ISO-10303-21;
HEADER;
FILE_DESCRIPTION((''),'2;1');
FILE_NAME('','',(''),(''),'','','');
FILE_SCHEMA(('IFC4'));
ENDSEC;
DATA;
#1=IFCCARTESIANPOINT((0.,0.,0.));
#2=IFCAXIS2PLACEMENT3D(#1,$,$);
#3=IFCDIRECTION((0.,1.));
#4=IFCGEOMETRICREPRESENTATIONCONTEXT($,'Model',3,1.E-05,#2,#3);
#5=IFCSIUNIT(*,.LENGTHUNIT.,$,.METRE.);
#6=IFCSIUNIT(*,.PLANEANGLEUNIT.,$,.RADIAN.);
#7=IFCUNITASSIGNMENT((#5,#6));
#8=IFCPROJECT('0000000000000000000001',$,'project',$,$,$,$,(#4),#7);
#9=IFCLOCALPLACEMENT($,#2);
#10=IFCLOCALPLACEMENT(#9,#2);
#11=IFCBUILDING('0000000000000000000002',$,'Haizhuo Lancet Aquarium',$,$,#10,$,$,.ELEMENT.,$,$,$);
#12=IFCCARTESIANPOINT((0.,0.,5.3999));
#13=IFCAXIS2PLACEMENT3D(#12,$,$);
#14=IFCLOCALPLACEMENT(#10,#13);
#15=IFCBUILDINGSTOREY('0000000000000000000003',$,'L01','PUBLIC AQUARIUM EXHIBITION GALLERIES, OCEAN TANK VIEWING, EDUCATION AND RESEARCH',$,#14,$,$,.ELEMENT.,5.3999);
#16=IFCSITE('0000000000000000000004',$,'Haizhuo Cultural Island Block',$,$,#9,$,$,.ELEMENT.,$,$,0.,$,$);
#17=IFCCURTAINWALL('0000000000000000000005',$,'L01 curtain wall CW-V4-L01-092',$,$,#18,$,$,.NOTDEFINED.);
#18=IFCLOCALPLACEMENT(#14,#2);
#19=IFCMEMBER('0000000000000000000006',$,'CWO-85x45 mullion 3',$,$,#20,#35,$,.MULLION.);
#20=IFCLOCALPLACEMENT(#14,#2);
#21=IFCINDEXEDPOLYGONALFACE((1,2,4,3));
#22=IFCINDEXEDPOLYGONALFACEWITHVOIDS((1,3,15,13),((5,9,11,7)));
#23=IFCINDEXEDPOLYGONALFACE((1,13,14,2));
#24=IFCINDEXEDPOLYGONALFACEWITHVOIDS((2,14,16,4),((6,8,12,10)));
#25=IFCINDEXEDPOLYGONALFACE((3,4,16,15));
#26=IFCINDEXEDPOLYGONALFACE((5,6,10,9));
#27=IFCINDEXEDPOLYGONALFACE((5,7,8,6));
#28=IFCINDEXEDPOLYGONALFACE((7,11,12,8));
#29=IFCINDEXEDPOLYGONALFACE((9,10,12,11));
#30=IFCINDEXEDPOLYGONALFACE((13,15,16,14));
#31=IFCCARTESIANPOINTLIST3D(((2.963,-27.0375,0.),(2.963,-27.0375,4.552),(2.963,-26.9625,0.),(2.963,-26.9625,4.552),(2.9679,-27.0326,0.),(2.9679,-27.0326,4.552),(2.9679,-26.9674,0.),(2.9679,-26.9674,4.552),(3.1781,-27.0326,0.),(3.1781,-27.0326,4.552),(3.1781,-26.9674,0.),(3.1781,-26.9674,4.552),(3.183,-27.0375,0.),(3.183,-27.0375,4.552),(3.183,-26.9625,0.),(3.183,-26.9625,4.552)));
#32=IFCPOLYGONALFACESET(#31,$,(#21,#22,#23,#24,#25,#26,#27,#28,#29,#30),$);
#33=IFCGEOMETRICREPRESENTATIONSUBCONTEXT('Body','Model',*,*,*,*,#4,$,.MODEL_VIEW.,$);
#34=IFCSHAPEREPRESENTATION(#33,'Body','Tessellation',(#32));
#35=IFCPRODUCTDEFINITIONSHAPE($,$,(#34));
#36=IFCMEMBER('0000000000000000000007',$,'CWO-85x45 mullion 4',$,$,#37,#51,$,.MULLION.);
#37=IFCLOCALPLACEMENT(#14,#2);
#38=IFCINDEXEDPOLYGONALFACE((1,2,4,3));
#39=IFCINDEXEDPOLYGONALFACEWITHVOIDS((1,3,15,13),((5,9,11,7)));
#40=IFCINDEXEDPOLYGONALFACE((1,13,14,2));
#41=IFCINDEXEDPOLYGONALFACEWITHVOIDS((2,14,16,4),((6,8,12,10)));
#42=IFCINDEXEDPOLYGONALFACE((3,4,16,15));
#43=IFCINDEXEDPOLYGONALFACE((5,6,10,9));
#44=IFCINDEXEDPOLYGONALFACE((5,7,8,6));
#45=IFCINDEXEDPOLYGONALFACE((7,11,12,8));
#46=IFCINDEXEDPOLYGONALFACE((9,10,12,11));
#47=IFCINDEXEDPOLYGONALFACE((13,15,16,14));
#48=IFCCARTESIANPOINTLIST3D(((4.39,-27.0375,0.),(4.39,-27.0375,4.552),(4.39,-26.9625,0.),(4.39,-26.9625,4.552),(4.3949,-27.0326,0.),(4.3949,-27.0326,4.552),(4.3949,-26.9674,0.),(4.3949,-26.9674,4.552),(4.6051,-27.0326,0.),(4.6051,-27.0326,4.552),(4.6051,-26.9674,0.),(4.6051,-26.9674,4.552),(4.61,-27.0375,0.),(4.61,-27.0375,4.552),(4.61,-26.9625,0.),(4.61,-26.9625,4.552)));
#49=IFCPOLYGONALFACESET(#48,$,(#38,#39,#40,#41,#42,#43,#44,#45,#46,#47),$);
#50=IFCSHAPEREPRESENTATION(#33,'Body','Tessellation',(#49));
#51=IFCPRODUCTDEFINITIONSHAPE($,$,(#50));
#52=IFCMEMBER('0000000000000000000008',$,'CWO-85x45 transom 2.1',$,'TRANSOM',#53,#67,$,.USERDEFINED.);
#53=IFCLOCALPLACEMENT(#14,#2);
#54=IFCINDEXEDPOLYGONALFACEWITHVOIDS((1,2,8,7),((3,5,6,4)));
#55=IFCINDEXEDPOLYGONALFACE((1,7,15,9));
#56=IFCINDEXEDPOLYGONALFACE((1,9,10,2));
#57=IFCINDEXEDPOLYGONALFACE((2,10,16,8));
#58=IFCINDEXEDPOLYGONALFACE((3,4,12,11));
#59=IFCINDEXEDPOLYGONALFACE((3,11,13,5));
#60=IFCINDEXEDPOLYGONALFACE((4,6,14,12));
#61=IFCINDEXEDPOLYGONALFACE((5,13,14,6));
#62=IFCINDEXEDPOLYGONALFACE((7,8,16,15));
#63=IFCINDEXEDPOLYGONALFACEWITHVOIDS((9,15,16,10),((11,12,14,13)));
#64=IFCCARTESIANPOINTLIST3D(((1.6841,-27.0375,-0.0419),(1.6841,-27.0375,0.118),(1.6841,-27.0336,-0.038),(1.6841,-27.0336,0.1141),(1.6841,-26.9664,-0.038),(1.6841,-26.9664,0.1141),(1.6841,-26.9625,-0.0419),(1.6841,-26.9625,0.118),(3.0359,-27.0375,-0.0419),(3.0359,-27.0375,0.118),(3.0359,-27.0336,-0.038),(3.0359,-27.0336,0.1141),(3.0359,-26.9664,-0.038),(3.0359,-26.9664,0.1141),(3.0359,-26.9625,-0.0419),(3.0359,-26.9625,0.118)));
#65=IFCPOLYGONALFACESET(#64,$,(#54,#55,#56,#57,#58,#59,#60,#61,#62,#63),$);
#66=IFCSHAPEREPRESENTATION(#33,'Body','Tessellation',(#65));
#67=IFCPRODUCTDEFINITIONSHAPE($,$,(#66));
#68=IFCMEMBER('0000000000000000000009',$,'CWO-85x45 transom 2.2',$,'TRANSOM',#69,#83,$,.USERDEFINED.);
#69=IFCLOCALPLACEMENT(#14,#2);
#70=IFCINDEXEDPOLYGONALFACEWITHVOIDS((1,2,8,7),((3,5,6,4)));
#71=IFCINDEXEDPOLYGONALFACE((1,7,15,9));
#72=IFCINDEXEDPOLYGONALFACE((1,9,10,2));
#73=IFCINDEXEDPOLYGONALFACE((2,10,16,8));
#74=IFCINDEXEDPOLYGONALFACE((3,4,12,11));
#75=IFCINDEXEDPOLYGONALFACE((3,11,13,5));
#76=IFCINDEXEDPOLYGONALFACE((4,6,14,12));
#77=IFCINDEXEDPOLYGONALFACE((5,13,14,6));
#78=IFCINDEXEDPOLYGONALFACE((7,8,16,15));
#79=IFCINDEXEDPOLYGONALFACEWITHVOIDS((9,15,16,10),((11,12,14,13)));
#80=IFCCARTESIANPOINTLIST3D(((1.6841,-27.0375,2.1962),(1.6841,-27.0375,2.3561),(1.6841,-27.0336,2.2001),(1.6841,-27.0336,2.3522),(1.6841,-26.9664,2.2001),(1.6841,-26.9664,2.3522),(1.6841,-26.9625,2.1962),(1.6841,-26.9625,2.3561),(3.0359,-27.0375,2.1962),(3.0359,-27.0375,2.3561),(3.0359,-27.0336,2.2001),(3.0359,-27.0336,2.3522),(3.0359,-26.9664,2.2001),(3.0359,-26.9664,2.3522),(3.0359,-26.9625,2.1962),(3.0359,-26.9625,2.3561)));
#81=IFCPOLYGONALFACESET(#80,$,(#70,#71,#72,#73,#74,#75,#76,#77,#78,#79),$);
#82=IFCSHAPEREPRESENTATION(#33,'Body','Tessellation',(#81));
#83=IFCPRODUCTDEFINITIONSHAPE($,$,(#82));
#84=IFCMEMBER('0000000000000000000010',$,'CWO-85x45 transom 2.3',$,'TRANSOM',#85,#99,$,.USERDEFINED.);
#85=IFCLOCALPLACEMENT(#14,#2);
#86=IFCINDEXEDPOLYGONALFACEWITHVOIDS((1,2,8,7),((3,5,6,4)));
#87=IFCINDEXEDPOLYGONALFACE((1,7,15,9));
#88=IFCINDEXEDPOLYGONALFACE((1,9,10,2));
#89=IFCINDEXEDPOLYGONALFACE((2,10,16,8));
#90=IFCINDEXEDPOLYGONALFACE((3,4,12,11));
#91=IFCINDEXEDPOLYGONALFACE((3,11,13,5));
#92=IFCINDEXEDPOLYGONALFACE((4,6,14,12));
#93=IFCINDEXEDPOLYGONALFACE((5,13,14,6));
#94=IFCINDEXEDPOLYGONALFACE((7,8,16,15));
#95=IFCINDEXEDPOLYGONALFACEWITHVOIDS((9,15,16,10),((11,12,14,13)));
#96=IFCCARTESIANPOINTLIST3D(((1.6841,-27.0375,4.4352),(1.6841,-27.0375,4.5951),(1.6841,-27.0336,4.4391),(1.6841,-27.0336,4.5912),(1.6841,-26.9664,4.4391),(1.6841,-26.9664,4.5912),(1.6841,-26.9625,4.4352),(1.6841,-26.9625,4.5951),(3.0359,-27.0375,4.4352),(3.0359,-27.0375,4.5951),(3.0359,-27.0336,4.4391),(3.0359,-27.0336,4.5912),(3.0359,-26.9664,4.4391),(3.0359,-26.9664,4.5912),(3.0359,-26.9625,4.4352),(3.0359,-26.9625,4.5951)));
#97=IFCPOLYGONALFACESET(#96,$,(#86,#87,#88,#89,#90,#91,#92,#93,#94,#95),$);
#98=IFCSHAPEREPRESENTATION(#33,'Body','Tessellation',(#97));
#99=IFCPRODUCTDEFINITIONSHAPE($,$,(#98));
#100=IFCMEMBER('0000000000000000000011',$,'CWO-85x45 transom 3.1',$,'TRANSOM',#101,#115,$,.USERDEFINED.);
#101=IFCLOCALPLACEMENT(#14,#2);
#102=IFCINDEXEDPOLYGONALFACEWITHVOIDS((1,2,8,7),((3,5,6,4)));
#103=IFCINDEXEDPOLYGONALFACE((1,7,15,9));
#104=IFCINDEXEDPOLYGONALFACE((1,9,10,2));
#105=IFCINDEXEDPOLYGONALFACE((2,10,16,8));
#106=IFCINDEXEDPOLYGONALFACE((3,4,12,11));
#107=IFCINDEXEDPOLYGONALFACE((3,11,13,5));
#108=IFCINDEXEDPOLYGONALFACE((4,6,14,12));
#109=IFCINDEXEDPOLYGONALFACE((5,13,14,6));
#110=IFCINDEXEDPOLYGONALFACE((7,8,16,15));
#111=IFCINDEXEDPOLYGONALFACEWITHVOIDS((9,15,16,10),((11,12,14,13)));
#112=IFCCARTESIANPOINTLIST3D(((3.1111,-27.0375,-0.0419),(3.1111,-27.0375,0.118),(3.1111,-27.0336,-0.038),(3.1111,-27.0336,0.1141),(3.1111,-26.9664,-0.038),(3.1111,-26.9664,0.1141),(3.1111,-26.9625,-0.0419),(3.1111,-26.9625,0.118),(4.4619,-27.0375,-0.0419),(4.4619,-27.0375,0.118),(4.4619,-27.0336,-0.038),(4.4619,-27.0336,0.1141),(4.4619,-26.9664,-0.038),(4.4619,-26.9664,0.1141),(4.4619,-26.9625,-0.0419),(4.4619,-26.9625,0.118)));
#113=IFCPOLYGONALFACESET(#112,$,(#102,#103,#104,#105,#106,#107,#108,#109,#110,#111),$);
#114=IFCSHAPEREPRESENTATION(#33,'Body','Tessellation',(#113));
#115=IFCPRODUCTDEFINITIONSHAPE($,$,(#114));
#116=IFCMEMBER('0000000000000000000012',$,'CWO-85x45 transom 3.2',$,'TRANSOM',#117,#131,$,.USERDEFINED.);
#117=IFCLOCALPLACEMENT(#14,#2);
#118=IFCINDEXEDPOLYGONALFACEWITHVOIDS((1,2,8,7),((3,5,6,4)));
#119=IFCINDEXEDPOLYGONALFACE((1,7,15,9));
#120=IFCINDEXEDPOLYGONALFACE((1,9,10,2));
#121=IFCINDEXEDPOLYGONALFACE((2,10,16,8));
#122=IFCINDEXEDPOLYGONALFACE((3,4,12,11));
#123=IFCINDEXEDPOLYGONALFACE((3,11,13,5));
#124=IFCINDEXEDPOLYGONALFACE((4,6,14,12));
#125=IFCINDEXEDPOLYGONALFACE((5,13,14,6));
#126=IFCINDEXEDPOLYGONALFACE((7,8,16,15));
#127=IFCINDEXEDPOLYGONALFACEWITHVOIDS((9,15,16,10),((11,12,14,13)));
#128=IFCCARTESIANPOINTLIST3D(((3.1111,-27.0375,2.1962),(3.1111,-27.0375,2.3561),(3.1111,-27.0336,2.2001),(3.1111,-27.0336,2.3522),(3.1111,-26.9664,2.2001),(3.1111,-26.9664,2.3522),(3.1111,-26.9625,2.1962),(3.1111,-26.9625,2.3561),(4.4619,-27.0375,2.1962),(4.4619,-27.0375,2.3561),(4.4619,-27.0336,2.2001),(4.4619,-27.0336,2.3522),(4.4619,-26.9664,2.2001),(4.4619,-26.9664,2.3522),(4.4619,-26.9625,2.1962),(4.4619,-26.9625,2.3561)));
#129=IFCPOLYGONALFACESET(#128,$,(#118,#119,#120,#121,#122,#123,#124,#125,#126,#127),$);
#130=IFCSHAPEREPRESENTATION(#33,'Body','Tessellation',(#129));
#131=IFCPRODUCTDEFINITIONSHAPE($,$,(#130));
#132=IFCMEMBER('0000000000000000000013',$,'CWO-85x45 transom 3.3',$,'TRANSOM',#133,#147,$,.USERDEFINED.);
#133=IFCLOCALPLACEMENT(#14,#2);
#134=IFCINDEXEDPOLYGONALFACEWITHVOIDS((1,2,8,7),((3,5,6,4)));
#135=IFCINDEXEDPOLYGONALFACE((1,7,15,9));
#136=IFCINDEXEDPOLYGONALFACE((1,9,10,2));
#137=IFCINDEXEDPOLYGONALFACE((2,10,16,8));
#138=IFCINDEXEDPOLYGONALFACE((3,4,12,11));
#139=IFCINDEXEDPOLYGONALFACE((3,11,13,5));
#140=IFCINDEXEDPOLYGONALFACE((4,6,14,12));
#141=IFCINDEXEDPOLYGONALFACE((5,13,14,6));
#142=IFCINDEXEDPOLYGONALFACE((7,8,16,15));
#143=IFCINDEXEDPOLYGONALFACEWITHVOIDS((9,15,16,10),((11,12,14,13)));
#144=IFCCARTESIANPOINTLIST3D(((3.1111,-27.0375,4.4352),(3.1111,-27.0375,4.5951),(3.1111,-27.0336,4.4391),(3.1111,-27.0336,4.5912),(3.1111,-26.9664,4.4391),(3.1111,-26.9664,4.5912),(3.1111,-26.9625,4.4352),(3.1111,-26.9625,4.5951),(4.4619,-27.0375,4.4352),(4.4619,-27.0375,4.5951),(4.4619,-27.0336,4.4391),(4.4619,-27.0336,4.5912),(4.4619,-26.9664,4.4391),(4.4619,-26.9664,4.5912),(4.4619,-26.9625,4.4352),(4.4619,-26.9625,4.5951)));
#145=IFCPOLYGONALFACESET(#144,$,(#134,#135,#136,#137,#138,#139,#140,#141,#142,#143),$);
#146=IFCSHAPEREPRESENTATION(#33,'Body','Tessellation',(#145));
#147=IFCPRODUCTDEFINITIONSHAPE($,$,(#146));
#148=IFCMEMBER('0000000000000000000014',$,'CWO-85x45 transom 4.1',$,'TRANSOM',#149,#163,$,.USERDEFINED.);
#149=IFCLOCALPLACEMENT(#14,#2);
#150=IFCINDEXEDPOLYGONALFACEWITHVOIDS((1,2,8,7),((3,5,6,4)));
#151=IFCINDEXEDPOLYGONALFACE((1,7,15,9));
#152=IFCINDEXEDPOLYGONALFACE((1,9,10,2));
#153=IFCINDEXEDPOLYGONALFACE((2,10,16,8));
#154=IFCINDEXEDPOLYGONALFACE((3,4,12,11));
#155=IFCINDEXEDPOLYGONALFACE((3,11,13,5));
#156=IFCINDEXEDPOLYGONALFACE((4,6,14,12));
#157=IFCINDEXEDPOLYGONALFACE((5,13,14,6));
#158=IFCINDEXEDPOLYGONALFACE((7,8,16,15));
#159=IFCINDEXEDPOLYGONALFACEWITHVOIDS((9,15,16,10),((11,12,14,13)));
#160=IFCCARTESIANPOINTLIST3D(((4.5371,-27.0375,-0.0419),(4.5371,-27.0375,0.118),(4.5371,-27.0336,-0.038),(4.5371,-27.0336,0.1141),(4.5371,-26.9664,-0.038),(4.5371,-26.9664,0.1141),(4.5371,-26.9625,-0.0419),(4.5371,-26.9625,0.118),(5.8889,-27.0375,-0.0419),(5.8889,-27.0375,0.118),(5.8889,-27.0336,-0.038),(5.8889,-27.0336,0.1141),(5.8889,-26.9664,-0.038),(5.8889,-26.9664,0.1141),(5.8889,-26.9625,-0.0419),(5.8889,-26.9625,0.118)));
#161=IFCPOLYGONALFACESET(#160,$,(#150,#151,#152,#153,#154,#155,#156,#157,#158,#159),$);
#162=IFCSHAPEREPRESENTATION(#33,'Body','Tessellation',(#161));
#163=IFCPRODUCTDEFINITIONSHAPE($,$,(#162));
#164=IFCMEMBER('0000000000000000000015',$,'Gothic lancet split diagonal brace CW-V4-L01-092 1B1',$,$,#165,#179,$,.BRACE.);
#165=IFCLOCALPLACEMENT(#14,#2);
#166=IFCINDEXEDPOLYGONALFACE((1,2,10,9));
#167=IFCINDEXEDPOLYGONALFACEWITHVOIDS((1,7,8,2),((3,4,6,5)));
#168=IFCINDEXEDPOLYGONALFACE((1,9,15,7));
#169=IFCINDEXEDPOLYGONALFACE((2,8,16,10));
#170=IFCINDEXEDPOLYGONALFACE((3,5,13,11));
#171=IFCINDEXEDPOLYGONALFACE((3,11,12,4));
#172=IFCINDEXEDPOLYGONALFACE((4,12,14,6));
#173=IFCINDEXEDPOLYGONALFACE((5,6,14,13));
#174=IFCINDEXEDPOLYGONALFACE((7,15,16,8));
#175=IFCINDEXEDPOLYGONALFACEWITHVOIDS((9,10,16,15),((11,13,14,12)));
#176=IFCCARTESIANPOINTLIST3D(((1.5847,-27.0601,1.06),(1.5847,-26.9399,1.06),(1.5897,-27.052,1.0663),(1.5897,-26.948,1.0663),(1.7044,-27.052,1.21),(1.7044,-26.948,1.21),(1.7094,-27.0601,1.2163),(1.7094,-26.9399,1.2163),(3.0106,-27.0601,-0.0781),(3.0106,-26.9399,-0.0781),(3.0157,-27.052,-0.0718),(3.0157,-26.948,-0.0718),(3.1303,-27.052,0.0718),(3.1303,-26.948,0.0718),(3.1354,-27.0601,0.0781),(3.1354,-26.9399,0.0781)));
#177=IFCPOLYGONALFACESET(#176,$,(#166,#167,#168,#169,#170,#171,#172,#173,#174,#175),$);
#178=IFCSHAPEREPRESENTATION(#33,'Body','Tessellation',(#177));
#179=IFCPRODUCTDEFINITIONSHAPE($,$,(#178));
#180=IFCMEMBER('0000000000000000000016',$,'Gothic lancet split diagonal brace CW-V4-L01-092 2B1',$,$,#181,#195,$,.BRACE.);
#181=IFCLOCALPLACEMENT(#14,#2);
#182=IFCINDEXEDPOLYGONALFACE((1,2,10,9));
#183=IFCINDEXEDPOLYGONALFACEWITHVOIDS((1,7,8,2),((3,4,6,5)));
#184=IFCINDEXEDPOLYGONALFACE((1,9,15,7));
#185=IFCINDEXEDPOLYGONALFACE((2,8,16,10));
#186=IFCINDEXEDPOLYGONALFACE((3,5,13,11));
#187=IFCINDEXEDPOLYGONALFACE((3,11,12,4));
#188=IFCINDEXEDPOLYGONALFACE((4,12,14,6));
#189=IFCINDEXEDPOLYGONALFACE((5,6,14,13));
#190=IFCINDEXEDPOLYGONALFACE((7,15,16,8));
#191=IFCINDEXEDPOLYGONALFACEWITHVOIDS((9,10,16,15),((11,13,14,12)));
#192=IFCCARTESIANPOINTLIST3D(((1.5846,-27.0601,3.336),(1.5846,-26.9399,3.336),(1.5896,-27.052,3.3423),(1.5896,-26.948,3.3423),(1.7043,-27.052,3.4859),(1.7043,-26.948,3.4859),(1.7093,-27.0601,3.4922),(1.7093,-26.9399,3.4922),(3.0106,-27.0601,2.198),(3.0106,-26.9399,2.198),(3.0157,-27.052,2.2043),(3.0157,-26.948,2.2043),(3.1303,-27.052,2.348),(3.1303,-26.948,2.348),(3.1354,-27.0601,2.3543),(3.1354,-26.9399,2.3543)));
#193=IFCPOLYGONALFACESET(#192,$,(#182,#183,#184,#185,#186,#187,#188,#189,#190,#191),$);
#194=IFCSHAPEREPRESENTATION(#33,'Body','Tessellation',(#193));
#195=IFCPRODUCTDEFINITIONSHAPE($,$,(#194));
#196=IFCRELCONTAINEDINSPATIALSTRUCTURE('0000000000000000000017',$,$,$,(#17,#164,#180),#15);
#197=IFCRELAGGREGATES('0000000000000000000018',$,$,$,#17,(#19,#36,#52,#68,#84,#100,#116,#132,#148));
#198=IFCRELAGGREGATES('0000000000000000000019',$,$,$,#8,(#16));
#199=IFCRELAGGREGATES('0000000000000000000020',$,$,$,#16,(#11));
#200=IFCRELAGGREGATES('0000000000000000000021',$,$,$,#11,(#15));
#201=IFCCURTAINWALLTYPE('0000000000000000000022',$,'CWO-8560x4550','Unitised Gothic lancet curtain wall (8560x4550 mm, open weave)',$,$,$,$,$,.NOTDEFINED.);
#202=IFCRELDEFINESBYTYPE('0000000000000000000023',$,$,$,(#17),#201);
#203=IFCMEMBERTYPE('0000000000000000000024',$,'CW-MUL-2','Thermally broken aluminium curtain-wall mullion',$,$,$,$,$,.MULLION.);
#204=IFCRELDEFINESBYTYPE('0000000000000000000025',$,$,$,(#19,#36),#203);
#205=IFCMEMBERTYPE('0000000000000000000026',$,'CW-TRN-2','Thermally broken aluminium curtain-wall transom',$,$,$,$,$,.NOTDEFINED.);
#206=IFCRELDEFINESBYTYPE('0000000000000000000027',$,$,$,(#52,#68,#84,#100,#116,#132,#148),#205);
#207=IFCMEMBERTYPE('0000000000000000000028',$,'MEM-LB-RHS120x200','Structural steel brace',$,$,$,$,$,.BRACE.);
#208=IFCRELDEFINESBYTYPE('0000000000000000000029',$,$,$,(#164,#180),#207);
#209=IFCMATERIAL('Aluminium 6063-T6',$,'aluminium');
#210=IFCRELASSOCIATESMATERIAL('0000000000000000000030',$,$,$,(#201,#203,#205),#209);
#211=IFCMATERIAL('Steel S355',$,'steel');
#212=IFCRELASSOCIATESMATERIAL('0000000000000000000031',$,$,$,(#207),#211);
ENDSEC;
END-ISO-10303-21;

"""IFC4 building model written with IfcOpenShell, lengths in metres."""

from ifc_helpers import new_model, si_unit, direction, frame, origin, origin_2d, place, context, subcontext, project, spatial, hollow_rectangle, extrude, material, material_profile, profile_set, type_object, element, aggregate, save


model = new_model("IFC4")

# Units and contexts
model_context = context("Model", 3, precision=1e-05, world=origin(), true_north=direction((0.0, 1.0)))
body_context = subcontext(model_context, "Body", "Model", "MODEL_VIEW")
ifc_project = project(units=[si_unit("LENGTHUNIT", "METRE"), si_unit("PLANEANGLEUNIT", "RADIAN")], contexts=[model_context])

# Site, building, storey
site_placement = place(None, origin())
site = spatial("IfcSite", under=ifc_project, at=site_placement, Name="Haizhuo Cultural Island Block", CompositionType="ELEMENT", RefElevation=0.0)
building_placement = place(site_placement, origin())
building = spatial("IfcBuilding", under=site, at=building_placement, Name="Haizhuo Lancet Aquarium", CompositionType="ELEMENT")
storey_placement = place(building_placement, frame((0.0, 0.0, 5.3999)))
storey = spatial("IfcBuildingStorey", under=building, at=storey_placement, Name="L01", Description="PUBLIC AQUARIUM EXHIBITION GALLERIES, OCEAN TANK VIEWING, EDUCATION AND RESEARCH", CompositionType="ELEMENT", Elevation=5.3999)

# Curtain wall, members
ifc_material_1 = material(Name="Aluminium 6063-T6", Category="aluminium")
curtain_wall_type = type_object("IfcCurtainWallType", Name="CWO-8560x4550", Description="Unitised Gothic lancet curtain wall (8560x4550 mm, open weave)", PredefinedType="NOTDEFINED", material=ifc_material_1)
curtain_wall_placement = place(storey_placement, origin())
curtain_wall = element("IfcCurtainWall", 1, at=curtain_wall_placement, inside=storey, type_object=curtain_wall_type, Name="L01 curtain wall CW-V4-L01-092", PredefinedType="NOTDEFINED")
ifc_material_profile_1 = material_profile(ifc_material_1, hollow_rectangle(XDim=0.075, YDim=0.22, WallThickness=0.0049, at=origin_2d()), Name="ALU-M 75x220x5")
ifc_profile_set_1 = profile_set([ifc_material_profile_1], Name="Aluminium 6063-T6")
member_type_1 = type_object("IfcMemberType", Name="CW-MUL-2", Description="Thermally broken aluminium curtain-wall mullion", PredefinedType="MULLION", material=ifc_profile_set_1)
member_1_placement = place(storey_placement, frame((3.073, -27.0, 0.0), z_axis=(0.0, 0.0, 1.0), x_axis=(0.0, 1.0, 0.0)))
member_1 = element("IfcMember", 2, at=member_1_placement, type_object=member_type_1, Name="CWO-85x45 mullion 3", PredefinedType="MULLION", context=body_context, shape_type="SweptSolid", body=[
    extrude(hollow_rectangle(XDim=0.075, YDim=0.22, WallThickness=0.0049, at=origin_2d()), origin(), (0.0, 0.0, 1.0), 4.552),
])
member_2_placement = place(storey_placement, frame((4.5, -27.0, 0.0), z_axis=(0.0, 0.0, 1.0), x_axis=(0.0, 1.0, 0.0)))
member_2 = element("IfcMember", 3, at=member_2_placement, type_object=member_type_1, Name="CWO-85x45 mullion 4", PredefinedType="MULLION", context=body_context, shape_type="SweptSolid", body=[
    extrude(hollow_rectangle(XDim=0.075, YDim=0.22, WallThickness=0.0049, at=origin_2d()), origin(), (0.0, 0.0, 1.0), 4.552),
])
ifc_material_profile_2 = material_profile(ifc_material_1, hollow_rectangle(XDim=0.075, YDim=0.1599, WallThickness=0.0039, at=origin_2d()), Name="ALU-T 75x160x4")
ifc_profile_set_2 = profile_set([ifc_material_profile_2], Name="Aluminium 6063-T6")
member_type_2 = type_object("IfcMemberType", Name="CW-TRN-2", Description="Thermally broken aluminium curtain-wall transom", PredefinedType="NOTDEFINED", material=ifc_profile_set_2)
member_3_placement = place(storey_placement, frame((1.6841, -27.0, 0.0381), z_axis=(1.0, 0.0, 0.0), x_axis=(0.0, 1.0, 0.0)))
member_3 = element("IfcMember", 4, at=member_3_placement, type_object=member_type_2, Name="CWO-85x45 transom 2.1", ObjectType="TRANSOM", PredefinedType="USERDEFINED", context=body_context, shape_type="SweptSolid", body=[
    extrude(hollow_rectangle(XDim=0.075, YDim=0.1599, WallThickness=0.0039, at=origin_2d()), origin(), (0.0, 0.0, 1.0), 1.3518),
])
member_4_placement = place(storey_placement, frame((1.6841, -27.0, 2.2761), z_axis=(1.0, 0.0, 0.0), x_axis=(0.0, 1.0, 0.0)))
member_4 = element("IfcMember", 5, at=member_4_placement, type_object=member_type_2, Name="CWO-85x45 transom 2.2", ObjectType="TRANSOM", PredefinedType="USERDEFINED", context=body_context, shape_type="SweptSolid", body=[
    extrude(hollow_rectangle(XDim=0.075, YDim=0.1599, WallThickness=0.0039, at=origin_2d()), origin(), (0.0, 0.0, 1.0), 1.3518),
])
member_5_placement = place(storey_placement, frame((1.6841, -27.0, 4.5151), z_axis=(1.0, 0.0, 0.0), x_axis=(0.0, 1.0, 0.0)))
member_5 = element("IfcMember", 6, at=member_5_placement, type_object=member_type_2, Name="CWO-85x45 transom 2.3", ObjectType="TRANSOM", PredefinedType="USERDEFINED", context=body_context, shape_type="SweptSolid", body=[
    extrude(hollow_rectangle(XDim=0.075, YDim=0.1599, WallThickness=0.0039, at=origin_2d()), origin(), (0.0, 0.0, 1.0), 1.3518),
])
member_6_placement = place(storey_placement, frame((3.1111, -27.0, 0.0381), z_axis=(1.0, 0.0, 0.0), x_axis=(0.0, 1.0, 0.0)))
member_6 = element("IfcMember", 7, at=member_6_placement, type_object=member_type_2, Name="CWO-85x45 transom 3.1", ObjectType="TRANSOM", PredefinedType="USERDEFINED", context=body_context, shape_type="SweptSolid", body=[
    extrude(hollow_rectangle(XDim=0.075, YDim=0.1599, WallThickness=0.0039, at=origin_2d()), origin(), (0.0, 0.0, 1.0), 1.3508),
])
member_7_placement = place(storey_placement, frame((3.1111, -27.0, 2.2761), z_axis=(1.0, 0.0, 0.0), x_axis=(0.0, 1.0, 0.0)))
member_7 = element("IfcMember", 8, at=member_7_placement, type_object=member_type_2, Name="CWO-85x45 transom 3.2", ObjectType="TRANSOM", PredefinedType="USERDEFINED", context=body_context, shape_type="SweptSolid", body=[
    extrude(hollow_rectangle(XDim=0.075, YDim=0.1599, WallThickness=0.0039, at=origin_2d()), origin(), (0.0, 0.0, 1.0), 1.3508),
])
member_8_placement = place(storey_placement, frame((3.1111, -27.0, 4.5151), z_axis=(1.0, 0.0, 0.0), x_axis=(0.0, 1.0, 0.0)))
member_8 = element("IfcMember", 9, at=member_8_placement, type_object=member_type_2, Name="CWO-85x45 transom 3.3", ObjectType="TRANSOM", PredefinedType="USERDEFINED", context=body_context, shape_type="SweptSolid", body=[
    extrude(hollow_rectangle(XDim=0.075, YDim=0.1599, WallThickness=0.0039, at=origin_2d()), origin(), (0.0, 0.0, 1.0), 1.3508),
])
member_9_placement = place(storey_placement, frame((4.5371, -27.0, 0.0381), z_axis=(1.0, 0.0, 0.0), x_axis=(0.0, 1.0, 0.0)))
member_9 = element("IfcMember", 10, at=member_9_placement, type_object=member_type_2, Name="CWO-85x45 transom 4.1", ObjectType="TRANSOM", PredefinedType="USERDEFINED", context=body_context, shape_type="SweptSolid", body=[
    extrude(hollow_rectangle(XDim=0.075, YDim=0.1599, WallThickness=0.0039, at=origin_2d()), origin(), (0.0, 0.0, 1.0), 1.3518),
])

# Members
ifc_material_2 = material(Name="Steel S355", Category="steel")
ifc_material_profile_3 = material_profile(ifc_material_2, hollow_rectangle(XDim=0.1201, YDim=0.2, WallThickness=0.0081, at=origin_2d()), Name="RHS 120x200x8")
ifc_profile_set_3 = profile_set([ifc_material_profile_3], Name="Steel S355")
member_type_3 = type_object("IfcMemberType", Name="MEM-LB-RHS120x200", Description="Structural steel brace", PredefinedType="BRACE", material=ifc_profile_set_3)
for number, where, z_axis, x_axis, name in (
    (11, (3.073, -27.0, 0.0), (-0.781573, 0.0, 0.623813), (0.0, -1.0, 0.0), "Gothic lancet split diagonal brace CW-V4-L01-092 1B1"),
    (12, (3.073, -27.0, 2.2761), (-0.781638, 0.0, 0.623732), (0.0, -1.0, 0.0), "Gothic lancet split diagonal brace CW-V4-L01-092 2B1"),
):
    element("IfcMember", number, at=place(storey_placement, frame(where, z_axis=z_axis, x_axis=x_axis)), inside=storey, type_object=member_type_3, Name=name, PredefinedType="BRACE", context=body_context, shape_type="SweptSolid", body=[
        extrude(hollow_rectangle(XDim=0.1201, YDim=0.2, WallThickness=0.0081, at=origin_2d()), origin(), (0.0, 0.0, 1.0), 1.8245),
    ])

aggregate(curtain_wall, [member_1, member_2, member_3, member_4, member_5, member_6, member_7, member_8, member_9])

save(model, "model.ifc")
